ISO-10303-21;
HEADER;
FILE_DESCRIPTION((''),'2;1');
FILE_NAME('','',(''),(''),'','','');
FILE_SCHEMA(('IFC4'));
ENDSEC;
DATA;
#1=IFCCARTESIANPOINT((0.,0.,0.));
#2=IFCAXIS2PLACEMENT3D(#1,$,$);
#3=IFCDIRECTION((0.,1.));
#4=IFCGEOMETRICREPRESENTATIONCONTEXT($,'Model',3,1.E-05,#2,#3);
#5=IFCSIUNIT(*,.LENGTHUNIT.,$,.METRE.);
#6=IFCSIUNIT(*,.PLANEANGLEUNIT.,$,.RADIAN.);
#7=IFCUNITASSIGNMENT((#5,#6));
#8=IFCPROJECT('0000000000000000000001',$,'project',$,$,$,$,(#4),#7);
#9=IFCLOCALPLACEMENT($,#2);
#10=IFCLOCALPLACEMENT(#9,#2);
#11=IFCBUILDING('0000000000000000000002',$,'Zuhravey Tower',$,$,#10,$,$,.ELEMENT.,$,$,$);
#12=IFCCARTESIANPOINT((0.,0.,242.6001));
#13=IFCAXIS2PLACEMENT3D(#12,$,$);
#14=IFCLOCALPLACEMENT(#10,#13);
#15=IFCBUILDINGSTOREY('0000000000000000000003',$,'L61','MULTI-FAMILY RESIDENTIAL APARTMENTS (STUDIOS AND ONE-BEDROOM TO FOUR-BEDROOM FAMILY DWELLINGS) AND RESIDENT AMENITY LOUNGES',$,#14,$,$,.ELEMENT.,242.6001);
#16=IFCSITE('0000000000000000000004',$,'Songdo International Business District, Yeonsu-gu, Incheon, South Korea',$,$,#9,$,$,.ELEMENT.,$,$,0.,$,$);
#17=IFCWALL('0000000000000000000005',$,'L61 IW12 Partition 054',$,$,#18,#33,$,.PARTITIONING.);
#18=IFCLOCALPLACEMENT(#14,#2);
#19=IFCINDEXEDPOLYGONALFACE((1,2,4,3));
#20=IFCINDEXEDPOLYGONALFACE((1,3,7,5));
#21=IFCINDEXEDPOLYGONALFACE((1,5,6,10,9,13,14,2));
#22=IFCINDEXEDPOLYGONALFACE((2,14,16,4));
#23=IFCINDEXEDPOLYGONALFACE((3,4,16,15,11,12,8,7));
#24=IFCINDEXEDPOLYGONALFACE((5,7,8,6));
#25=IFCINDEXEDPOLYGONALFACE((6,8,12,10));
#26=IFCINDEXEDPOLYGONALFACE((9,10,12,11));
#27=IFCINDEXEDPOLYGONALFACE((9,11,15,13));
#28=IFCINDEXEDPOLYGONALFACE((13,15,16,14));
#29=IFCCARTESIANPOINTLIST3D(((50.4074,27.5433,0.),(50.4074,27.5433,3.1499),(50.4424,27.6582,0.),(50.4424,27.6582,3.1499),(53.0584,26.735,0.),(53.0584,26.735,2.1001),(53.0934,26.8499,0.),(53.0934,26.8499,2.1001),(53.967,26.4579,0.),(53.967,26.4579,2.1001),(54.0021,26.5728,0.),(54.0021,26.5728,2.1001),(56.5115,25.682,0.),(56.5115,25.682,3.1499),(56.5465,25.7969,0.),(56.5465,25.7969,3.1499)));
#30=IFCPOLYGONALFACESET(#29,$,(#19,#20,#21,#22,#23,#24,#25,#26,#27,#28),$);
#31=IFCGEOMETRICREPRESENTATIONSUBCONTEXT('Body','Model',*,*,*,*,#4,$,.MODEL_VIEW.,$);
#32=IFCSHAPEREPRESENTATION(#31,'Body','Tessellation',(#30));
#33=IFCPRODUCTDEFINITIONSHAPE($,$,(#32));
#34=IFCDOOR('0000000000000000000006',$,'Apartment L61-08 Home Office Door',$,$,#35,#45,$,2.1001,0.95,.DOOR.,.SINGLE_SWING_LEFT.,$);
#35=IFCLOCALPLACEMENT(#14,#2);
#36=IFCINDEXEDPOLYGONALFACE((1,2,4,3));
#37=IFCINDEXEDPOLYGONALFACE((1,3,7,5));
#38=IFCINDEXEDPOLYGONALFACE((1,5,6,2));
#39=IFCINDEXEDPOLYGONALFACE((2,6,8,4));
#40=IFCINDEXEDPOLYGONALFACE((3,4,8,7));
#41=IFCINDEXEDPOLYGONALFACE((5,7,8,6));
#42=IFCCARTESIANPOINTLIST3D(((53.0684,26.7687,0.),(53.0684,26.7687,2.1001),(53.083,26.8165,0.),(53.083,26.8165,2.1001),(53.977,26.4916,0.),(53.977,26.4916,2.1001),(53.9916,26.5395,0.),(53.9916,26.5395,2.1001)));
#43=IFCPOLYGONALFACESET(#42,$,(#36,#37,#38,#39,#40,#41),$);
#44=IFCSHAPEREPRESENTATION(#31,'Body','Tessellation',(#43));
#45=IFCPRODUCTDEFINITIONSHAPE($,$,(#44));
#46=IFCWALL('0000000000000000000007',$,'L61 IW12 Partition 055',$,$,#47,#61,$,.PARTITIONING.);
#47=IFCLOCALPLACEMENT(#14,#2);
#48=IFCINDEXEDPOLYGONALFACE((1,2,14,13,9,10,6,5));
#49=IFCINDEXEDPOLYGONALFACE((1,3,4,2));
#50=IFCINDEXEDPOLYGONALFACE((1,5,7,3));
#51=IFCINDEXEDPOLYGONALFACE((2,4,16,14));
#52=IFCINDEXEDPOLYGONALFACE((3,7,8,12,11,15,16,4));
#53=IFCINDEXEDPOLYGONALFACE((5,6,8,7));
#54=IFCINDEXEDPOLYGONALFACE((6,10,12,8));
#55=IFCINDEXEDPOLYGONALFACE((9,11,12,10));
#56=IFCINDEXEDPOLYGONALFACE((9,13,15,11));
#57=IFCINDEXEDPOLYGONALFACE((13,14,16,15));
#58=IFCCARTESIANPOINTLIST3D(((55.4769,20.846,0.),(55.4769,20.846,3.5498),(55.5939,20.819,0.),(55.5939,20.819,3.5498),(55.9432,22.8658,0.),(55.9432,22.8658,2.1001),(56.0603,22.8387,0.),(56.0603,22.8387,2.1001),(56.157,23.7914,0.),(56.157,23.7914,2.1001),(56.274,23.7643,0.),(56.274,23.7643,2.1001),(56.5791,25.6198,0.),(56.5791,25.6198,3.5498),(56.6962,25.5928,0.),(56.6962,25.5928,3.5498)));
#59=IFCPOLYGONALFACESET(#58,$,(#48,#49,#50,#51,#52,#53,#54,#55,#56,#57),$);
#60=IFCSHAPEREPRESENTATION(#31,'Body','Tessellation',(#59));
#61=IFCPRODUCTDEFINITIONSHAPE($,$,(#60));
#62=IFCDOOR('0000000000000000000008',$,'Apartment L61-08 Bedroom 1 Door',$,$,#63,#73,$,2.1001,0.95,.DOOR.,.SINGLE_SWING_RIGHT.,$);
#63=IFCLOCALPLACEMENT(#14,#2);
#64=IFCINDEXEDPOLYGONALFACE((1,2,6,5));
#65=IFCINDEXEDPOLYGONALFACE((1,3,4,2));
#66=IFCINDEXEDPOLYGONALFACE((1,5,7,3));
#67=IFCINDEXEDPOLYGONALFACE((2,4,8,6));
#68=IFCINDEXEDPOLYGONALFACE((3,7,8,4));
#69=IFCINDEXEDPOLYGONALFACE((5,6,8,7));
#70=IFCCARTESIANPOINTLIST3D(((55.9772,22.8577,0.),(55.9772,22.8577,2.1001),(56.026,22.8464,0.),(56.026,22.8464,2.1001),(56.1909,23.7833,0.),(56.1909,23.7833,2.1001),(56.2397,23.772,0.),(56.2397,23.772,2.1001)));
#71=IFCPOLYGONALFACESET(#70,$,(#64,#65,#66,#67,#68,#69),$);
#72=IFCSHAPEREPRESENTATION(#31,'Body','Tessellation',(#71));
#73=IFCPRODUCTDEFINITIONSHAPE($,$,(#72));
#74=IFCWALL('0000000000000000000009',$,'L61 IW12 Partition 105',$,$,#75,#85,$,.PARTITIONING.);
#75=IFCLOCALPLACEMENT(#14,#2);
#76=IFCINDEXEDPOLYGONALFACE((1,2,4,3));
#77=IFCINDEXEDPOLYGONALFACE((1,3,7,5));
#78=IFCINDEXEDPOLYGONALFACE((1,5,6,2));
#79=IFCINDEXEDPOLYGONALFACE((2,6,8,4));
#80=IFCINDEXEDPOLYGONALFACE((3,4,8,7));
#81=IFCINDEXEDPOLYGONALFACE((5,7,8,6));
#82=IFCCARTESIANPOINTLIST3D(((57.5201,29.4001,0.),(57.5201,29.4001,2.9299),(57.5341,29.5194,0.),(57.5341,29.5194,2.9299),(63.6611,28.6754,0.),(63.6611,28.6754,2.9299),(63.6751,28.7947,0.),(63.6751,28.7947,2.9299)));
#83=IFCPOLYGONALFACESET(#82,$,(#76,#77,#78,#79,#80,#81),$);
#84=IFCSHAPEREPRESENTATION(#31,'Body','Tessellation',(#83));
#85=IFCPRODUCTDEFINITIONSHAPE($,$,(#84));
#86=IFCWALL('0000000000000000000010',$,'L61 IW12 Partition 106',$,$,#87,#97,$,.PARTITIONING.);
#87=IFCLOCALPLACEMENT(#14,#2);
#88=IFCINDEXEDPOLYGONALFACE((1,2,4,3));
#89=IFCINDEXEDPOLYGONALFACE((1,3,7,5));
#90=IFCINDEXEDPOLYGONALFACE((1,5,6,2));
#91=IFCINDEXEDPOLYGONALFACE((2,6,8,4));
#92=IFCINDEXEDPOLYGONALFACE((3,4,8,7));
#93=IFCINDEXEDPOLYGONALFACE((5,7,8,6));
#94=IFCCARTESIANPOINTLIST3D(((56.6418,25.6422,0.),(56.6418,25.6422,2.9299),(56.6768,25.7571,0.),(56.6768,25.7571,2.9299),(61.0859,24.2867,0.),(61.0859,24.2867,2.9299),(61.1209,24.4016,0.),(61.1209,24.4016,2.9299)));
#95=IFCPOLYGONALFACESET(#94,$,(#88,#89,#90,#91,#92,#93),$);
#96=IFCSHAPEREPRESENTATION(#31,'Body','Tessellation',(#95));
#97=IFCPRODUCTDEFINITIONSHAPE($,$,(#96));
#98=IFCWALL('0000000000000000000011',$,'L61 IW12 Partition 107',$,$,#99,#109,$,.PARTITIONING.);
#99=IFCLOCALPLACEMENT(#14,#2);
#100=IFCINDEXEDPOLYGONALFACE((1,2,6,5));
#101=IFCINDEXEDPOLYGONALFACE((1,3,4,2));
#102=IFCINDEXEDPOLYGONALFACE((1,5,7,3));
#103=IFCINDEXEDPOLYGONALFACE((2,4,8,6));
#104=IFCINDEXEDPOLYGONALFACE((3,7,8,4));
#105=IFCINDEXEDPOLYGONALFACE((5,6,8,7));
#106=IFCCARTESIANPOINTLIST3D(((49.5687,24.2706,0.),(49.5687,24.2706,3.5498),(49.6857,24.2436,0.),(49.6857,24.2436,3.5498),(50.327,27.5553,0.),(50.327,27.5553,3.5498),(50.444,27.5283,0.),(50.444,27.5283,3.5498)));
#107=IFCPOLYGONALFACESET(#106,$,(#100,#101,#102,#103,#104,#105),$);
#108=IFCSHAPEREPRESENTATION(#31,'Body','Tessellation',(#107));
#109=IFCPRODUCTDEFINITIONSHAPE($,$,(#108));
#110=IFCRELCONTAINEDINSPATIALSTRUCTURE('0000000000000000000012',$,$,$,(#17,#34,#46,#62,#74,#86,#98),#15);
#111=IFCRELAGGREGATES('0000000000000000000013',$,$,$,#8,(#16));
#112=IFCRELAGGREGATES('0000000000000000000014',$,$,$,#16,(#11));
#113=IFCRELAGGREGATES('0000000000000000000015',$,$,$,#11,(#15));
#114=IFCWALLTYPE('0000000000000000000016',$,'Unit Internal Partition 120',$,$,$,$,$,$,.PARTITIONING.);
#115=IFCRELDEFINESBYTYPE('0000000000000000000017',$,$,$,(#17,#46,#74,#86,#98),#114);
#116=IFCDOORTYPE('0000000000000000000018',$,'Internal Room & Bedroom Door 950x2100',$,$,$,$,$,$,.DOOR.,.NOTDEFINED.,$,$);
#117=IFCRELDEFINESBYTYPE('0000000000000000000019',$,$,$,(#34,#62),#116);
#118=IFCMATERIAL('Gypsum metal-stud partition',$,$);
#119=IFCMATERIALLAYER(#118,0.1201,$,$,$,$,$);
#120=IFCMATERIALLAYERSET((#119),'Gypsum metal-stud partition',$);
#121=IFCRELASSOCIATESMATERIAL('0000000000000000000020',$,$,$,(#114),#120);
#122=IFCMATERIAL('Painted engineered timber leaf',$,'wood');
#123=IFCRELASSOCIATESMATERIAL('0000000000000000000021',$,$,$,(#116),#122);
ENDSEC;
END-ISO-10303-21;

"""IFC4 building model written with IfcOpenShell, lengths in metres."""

from ifc_helpers import new_model, si_unit, direction, frame, frame_2d, origin, place, context, subcontext, project, spatial, rectangle, extrude, material, layer, layer_set, type_object, element, fill, save


model = new_model("IFC4")

# Units and contexts
model_context = context("Model", 3, precision=1e-05, world=origin(), true_north=direction((0.0, 1.0)))
body_context = subcontext(model_context, "Body", "Model", "MODEL_VIEW")
ifc_project = project(units=[si_unit("LENGTHUNIT", "METRE"), si_unit("PLANEANGLEUNIT", "RADIAN")], contexts=[model_context])

# Site, building, storey
site_placement = place(None, origin())
site = spatial("IfcSite", under=ifc_project, at=site_placement, Name="Songdo International Business District, Yeonsu-gu, Incheon, South Korea", CompositionType="ELEMENT", RefElevation=0.0)
building_placement = place(site_placement, origin())
building = spatial("IfcBuilding", under=site, at=building_placement, Name="Zuhravey Tower", CompositionType="ELEMENT")
storey_placement = place(building_placement, frame((0.0, 0.0, 242.6001)))
storey = spatial("IfcBuildingStorey", under=building, at=storey_placement, Name="L61", Description="MULTI-FAMILY RESIDENTIAL APARTMENTS (STUDIOS AND ONE-BEDROOM TO FOUR-BEDROOM FAMILY DWELLINGS) AND RESIDENT AMENITY LOUNGES", CompositionType="ELEMENT", Elevation=242.6001)

# Shared definitions
ifc_material_1 = material(Name="Gypsum metal-stud partition")
ifc_layer_1 = layer(ifc_material_1, 0.1201)
ifc_layer_set_1 = layer_set([ifc_layer_1], Name="Gypsum metal-stud partition")
wall_type_1 = type_object("IfcWallType", Name="Unit Internal Partition 120", PredefinedType="PARTITIONING", material=ifc_layer_set_1)
ifc_material_2 = material(Name="Painted engineered timber leaf", Category="wood")
door_type_1 = type_object("IfcDoorType", Name="Internal Room & Bedroom Door 950x2100", OperationType="NOTDEFINED", PredefinedType="DOOR", material=ifc_material_2)

# Walls, openings, doors
wall_1_placement = place(storey_placement, frame((50.4248, 27.6008, 0.0), z_axis=(0.0, 0.0, 1.0), x_axis=(0.956517, -0.291676, 0.0)))
wall_1 = element("IfcWall", 1, at=wall_1_placement, inside=storey, type_object=wall_type_1, Name="L61 IW12 Partition 054", PredefinedType="PARTITIONING", context=body_context, shape_type="SweptSolid", body=[
    extrude(rectangle(XDim=6.3816, YDim=0.1201, at=frame_2d((3.1909, 0.0))), origin(), (0.0, 0.0, 1.0), 3.1499),
])
opening_1_placement = place(wall_1_placement, frame((2.7715, 0.0, 0.0)))
opening_1 = element("IfcOpeningElement", 2, at=opening_1_placement, cuts=wall_1, PredefinedType="OPENING", context=body_context, shape_type="SweptSolid", body=[
    extrude(rectangle(XDim=0.95, YDim=2.1001, at=frame_2d((0.4751, 1.05))), frame((0.0, 0.072, 0.0), z_axis=(0.0, -1.0, 0.0), x_axis=(1.0, 0.0, 0.0)), (0.0, 0.0, 1.0), 0.144),
])
door_1_placement = place(opening_1_placement, frame((0.95, 0.0, 0.0), z_axis=(0.0, 0.0, 1.0), x_axis=(-1.0, 0.0, 0.0)))
door_1 = element("IfcDoor", 3, at=door_1_placement, inside=storey, type_object=door_type_1, Name="Apartment L61-08 Home Office Door", OperationType="SINGLE_SWING_LEFT", OverallHeight=2.1001, OverallWidth=0.95, PredefinedType="DOOR", context=body_context, shape_type="SweptSolid", body=[
    extrude(rectangle(XDim=0.95, YDim=2.1001, at=frame_2d((0.4751, 1.05))), frame((0.0, 0.0249, 0.0), z_axis=(0.0, -1.0, 0.0), x_axis=(1.0, 0.0, 0.0)), (0.0, 0.0, 1.0), 0.05),
])
fill(opening_1, door_1)
wall_2_placement = place(storey_placement, frame((55.5354, 20.8325, 0.0), z_axis=(0.0, 0.0, 1.0), x_axis=(0.22498, 0.974363, 0.0)))
wall_2 = element("IfcWall", 4, at=wall_2_placement, inside=storey, type_object=wall_type_1, Name="L61 IW12 Partition 055", PredefinedType="PARTITIONING", context=body_context, shape_type="SweptSolid", body=[
    extrude(rectangle(XDim=4.8994, YDim=0.1201, at=frame_2d((2.4497, 0.0))), origin(), (0.0, 0.0, 1.0), 3.5498),
])
opening_2_placement = place(wall_2_placement, frame((2.0728, 0.0, 0.0)))
opening_2 = element("IfcOpeningElement", 5, at=opening_2_placement, cuts=wall_2, PredefinedType="OPENING", context=body_context, shape_type="SweptSolid", body=[
    extrude(rectangle(XDim=0.95, YDim=2.1001, at=frame_2d((0.4751, 1.05))), frame((0.0, 0.072, 0.0), z_axis=(0.0, -1.0, 0.0), x_axis=(1.0, 0.0, 0.0)), (0.0, 0.0, 1.0), 0.144),
])
door_2_placement = place(opening_2_placement, frame((0.95, 0.0, 0.0), z_axis=(0.0, 0.0, 1.0), x_axis=(-1.0, 0.0, 0.0)))
door_2 = element("IfcDoor", 6, at=door_2_placement, inside=storey, type_object=door_type_1, Name="Apartment L61-08 Bedroom 1 Door", OperationType="SINGLE_SWING_RIGHT", OverallHeight=2.1001, OverallWidth=0.95, PredefinedType="DOOR", context=body_context, shape_type="SweptSolid", body=[
    extrude(rectangle(XDim=0.95, YDim=2.1001, at=frame_2d((0.4751, 1.05))), frame((0.0, 0.0249, 0.0), z_axis=(0.0, -1.0, 0.0), x_axis=(1.0, 0.0, 0.0)), (0.0, 0.0, 1.0), 0.05),
])
fill(opening_2, door_2)

# Walls
wall_3_placement = place(storey_placement, frame((57.5271, 29.4597, 0.0), z_axis=(0.0, 0.0, 1.0), x_axis=(0.99311, -0.117185, 0.0)))
element("IfcWall", 7, at=wall_3_placement, inside=storey, type_object=wall_type_1, Name="L61 IW12 Partition 105", PredefinedType="PARTITIONING", context=body_context, shape_type="SweptSolid", body=[
    extrude(rectangle(XDim=6.1836, YDim=0.1201, at=frame_2d((3.0918, 0.0))), origin(), (0.0, 0.0, 1.0), 2.9299),
])
wall_4_placement = place(storey_placement, frame((56.6592, 25.6997, 0.0), z_axis=(0.0, 0.0, 1.0), x_axis=(0.956499, -0.291737, 0.0)))
element("IfcWall", 8, at=wall_4_placement, inside=storey, type_object=wall_type_1, Name="L61 IW12 Partition 106", PredefinedType="PARTITIONING", context=body_context, shape_type="SweptSolid", body=[
    extrude(rectangle(XDim=4.6462, YDim=0.1201, at=frame_2d((2.3232, 0.0))), origin(), (0.0, 0.0, 1.0), 2.9299),
])
wall_5_placement = place(storey_placement, frame((49.6272, 24.2571, 0.0), z_axis=(0.0, 0.0, 1.0), x_axis=(0.224944, 0.974372, 0.0)))
element("IfcWall", 9, at=wall_5_placement, inside=storey, type_object=wall_type_1, Name="L61 IW12 Partition 107", PredefinedType="PARTITIONING", context=body_context, shape_type="SweptSolid", body=[
    extrude(rectangle(XDim=3.3711, YDim=0.1201, at=frame_2d((1.6855, 0.0))), origin(), (0.0, 0.0, 1.0), 3.5498),
])

save(model, "model.ifc")
